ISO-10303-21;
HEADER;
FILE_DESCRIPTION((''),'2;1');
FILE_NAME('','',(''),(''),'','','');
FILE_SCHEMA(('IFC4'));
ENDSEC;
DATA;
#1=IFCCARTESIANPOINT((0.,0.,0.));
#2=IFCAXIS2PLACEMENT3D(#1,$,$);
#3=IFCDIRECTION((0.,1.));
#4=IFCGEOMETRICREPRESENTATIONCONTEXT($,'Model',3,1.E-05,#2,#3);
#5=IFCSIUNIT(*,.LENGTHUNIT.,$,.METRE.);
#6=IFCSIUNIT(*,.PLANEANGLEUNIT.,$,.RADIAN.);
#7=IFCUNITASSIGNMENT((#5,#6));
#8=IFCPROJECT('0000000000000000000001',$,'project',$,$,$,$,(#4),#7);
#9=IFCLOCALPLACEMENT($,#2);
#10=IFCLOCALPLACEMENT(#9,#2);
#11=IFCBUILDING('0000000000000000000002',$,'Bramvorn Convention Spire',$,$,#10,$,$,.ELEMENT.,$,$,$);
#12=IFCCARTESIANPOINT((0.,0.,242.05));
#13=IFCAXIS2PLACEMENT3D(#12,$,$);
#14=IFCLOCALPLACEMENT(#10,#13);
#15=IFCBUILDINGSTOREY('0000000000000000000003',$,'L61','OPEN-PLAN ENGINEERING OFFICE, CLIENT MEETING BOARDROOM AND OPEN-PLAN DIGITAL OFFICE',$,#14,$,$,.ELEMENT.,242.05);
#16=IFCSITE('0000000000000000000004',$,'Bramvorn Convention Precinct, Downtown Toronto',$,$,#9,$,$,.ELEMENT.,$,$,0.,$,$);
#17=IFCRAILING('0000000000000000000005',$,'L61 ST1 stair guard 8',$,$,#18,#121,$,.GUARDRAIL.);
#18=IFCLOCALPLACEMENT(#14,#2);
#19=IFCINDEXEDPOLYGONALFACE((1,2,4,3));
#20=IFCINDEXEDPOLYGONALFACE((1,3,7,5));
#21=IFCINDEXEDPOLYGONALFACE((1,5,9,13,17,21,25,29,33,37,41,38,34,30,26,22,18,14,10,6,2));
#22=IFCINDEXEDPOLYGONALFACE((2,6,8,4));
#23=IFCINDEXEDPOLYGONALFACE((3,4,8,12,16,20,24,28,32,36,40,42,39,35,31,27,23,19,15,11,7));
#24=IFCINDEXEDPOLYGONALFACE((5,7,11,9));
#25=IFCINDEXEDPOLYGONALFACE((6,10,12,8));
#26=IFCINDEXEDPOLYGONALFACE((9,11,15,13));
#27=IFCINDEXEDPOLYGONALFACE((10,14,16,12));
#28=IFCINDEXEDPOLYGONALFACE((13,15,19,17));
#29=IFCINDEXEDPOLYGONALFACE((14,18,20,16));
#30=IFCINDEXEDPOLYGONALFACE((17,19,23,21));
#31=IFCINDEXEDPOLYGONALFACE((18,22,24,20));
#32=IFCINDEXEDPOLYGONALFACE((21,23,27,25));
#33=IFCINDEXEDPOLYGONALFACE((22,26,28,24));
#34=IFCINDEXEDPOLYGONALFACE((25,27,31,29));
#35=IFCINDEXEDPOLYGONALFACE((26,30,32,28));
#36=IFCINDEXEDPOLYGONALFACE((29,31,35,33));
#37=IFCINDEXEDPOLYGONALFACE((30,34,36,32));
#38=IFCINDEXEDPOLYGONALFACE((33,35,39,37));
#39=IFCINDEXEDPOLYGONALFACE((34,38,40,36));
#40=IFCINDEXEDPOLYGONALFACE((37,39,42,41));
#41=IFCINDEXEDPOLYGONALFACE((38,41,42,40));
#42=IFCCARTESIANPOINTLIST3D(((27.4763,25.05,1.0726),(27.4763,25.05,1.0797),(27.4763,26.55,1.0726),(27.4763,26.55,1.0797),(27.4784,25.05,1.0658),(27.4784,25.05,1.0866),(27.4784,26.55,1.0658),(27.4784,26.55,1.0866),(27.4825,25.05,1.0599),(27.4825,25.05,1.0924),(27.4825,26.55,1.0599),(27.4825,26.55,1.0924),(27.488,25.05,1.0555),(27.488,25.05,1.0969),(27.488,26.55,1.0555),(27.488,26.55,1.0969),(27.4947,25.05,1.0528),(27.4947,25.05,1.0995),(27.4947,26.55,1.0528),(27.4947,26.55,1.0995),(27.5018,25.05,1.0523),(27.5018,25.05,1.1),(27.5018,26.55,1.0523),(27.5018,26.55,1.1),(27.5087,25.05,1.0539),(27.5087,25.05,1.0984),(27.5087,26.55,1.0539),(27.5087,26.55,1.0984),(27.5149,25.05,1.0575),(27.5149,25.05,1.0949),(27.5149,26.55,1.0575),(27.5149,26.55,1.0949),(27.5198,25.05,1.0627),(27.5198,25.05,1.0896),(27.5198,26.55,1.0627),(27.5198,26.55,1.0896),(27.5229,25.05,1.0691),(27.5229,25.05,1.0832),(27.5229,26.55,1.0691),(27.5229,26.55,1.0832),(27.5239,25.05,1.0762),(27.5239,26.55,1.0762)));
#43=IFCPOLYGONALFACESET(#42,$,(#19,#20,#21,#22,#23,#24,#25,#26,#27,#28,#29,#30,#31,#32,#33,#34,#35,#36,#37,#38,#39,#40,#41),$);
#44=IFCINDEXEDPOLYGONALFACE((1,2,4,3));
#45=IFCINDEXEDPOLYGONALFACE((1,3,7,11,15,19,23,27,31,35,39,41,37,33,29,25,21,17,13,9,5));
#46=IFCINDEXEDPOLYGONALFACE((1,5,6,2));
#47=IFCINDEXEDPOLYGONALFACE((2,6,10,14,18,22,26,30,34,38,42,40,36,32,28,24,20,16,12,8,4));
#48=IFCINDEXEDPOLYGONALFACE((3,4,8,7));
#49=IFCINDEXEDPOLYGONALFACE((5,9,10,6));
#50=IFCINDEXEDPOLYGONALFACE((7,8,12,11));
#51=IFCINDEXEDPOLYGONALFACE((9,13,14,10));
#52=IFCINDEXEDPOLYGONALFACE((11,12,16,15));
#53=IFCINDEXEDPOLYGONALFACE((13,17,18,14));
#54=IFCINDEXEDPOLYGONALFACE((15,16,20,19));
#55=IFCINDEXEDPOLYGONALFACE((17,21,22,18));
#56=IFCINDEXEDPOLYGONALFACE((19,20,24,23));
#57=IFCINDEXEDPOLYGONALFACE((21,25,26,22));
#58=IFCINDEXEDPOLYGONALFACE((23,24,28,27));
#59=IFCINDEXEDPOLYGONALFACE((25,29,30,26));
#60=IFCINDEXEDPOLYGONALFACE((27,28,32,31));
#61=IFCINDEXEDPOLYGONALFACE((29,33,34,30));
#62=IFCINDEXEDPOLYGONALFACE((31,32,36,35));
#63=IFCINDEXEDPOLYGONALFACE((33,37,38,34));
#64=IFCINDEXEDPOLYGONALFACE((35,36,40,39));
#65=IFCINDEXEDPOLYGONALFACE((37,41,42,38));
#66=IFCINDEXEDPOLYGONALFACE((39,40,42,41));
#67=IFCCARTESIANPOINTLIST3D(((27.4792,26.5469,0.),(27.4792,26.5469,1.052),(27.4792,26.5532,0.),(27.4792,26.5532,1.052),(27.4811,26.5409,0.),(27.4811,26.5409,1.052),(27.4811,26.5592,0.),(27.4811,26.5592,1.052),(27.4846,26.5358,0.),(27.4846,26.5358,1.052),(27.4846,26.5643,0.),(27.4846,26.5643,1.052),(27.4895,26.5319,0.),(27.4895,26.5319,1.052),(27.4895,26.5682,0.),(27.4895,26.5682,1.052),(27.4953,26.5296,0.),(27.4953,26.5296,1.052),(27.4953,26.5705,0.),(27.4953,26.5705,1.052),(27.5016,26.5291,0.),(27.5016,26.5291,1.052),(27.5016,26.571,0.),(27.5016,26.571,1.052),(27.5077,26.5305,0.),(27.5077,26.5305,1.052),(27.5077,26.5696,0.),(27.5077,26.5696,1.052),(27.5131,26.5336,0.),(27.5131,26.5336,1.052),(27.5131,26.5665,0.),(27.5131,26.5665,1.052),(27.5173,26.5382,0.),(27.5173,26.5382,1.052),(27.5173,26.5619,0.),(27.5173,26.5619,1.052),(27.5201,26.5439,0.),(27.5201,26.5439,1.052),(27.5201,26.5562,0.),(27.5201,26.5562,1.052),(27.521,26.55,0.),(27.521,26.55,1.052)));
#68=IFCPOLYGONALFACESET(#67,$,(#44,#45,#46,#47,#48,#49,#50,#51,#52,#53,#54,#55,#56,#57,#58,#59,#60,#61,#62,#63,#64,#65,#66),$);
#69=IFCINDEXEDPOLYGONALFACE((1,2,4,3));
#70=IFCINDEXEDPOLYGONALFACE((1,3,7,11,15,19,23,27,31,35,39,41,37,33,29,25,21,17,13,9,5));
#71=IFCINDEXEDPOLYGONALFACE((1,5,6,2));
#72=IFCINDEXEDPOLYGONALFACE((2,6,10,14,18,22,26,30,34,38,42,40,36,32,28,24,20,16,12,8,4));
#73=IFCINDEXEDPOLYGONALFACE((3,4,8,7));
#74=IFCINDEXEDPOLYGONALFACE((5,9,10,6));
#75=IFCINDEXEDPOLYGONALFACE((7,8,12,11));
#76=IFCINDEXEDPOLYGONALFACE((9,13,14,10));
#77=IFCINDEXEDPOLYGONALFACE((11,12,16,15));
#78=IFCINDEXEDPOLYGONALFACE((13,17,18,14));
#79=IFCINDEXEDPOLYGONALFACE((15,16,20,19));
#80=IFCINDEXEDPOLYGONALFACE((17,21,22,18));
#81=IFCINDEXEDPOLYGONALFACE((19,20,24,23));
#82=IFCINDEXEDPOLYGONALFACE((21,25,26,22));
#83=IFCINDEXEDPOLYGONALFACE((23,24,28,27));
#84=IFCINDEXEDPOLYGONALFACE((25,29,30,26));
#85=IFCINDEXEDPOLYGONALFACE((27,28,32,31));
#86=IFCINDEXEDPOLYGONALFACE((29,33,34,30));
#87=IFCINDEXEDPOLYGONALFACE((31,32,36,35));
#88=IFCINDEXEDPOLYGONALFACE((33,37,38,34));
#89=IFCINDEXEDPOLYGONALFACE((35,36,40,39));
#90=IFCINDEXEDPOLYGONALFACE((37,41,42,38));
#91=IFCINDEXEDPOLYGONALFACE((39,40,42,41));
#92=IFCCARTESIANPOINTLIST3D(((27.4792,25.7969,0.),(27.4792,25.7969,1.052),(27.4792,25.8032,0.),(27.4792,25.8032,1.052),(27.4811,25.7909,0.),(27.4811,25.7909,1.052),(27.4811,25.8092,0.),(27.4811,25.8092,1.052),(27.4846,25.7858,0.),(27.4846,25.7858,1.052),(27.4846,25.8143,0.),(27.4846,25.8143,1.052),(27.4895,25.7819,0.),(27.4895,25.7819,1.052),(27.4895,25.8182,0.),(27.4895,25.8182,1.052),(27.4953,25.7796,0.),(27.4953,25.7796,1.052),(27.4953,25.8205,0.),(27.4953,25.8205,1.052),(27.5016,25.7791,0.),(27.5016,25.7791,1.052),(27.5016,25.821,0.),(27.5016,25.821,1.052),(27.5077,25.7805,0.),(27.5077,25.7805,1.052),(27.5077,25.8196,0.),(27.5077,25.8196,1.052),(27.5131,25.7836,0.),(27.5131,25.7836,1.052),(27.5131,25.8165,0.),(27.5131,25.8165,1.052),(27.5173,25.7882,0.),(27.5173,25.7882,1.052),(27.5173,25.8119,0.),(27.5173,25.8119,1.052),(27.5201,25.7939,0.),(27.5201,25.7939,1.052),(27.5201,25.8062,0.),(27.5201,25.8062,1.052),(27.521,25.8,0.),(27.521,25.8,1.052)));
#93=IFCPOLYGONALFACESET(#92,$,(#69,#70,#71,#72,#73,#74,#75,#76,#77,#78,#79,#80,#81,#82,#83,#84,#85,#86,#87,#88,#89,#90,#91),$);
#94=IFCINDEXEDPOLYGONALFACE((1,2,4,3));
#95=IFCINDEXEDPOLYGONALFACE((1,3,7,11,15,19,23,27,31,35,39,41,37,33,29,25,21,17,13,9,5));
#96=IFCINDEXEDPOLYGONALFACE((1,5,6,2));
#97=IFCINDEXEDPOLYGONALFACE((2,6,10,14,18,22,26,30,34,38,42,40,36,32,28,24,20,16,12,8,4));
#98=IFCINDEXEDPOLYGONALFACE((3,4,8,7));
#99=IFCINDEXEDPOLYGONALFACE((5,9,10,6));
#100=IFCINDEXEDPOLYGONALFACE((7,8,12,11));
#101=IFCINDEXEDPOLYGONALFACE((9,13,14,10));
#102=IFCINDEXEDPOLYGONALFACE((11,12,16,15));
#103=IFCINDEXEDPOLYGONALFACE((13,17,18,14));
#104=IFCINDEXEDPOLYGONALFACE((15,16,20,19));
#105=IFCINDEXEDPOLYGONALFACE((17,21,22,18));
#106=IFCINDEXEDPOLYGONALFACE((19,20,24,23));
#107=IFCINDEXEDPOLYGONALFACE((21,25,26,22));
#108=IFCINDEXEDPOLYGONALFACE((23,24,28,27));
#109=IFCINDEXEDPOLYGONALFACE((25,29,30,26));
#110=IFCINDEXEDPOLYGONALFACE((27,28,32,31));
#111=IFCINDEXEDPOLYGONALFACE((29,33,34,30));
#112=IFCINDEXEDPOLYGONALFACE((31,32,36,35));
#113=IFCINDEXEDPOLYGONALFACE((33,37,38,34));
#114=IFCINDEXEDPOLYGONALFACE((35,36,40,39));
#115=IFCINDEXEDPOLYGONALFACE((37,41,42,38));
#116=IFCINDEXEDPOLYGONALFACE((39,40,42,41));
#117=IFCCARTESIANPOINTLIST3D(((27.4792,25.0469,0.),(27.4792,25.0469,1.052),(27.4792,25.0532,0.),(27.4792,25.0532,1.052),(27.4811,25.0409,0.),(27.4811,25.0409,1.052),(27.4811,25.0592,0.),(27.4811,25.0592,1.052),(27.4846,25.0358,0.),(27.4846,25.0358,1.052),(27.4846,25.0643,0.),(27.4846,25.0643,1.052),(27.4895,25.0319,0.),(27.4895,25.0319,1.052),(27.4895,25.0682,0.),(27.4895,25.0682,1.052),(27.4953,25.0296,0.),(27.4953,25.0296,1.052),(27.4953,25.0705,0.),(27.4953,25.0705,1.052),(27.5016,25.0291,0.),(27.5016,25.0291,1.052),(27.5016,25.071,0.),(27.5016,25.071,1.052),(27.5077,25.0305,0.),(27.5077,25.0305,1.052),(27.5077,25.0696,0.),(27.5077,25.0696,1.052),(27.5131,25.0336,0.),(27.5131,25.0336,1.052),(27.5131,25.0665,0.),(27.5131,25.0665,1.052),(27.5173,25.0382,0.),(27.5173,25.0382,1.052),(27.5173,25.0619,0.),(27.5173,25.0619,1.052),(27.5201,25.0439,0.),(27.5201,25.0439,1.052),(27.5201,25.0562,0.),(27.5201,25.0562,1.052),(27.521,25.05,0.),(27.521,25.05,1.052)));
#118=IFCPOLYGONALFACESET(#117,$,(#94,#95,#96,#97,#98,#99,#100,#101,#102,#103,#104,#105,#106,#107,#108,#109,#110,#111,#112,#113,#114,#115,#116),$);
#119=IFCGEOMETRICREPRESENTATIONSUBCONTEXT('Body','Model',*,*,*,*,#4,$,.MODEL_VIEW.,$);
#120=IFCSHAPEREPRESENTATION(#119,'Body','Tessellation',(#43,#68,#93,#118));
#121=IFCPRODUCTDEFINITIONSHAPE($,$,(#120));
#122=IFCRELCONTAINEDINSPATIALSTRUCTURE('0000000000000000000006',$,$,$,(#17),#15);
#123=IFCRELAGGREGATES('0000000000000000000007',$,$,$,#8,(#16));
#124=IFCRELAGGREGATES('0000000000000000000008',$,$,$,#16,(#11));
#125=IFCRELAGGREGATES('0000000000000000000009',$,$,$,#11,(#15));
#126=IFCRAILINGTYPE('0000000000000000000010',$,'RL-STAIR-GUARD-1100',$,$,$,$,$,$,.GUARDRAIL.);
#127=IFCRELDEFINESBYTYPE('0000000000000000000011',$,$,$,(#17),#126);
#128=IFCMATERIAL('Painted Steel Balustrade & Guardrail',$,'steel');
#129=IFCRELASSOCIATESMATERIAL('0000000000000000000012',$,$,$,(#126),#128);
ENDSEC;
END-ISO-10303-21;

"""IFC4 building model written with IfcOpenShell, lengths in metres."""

from ifc_helpers import new_model, si_unit, direction, frame, origin, origin_2d, place, context, subcontext, project, spatial, circle, extrude, material, type_object, element, save


model = new_model("IFC4")

# Units and contexts
model_context = context("Model", 3, precision=1e-05, world=origin(), true_north=direction((0.0, 1.0)))
body_context = subcontext(model_context, "Body", "Model", "MODEL_VIEW")
ifc_project = project(units=[si_unit("LENGTHUNIT", "METRE"), si_unit("PLANEANGLEUNIT", "RADIAN")], contexts=[model_context])

# Site, building, storey
site_placement = place(None, origin())
site = spatial("IfcSite", under=ifc_project, at=site_placement, Name="Bramvorn Convention Precinct, Downtown Toronto", CompositionType="ELEMENT", RefElevation=0.0)
building_placement = place(site_placement, origin())
building = spatial("IfcBuilding", under=site, at=building_placement, Name="Bramvorn Convention Spire", CompositionType="ELEMENT")
storey_placement = place(building_placement, frame((0.0, 0.0, 242.05)))
storey = spatial("IfcBuildingStorey", under=building, at=storey_placement, Name="L61", Description="OPEN-PLAN ENGINEERING OFFICE, CLIENT MEETING BOARDROOM AND OPEN-PLAN DIGITAL OFFICE", CompositionType="ELEMENT", Elevation=242.05)

# Railing
ifc_material_1 = material(Name="Painted Steel Balustrade & Guardrail", Category="steel")
railing_type_1 = type_object("IfcRailingType", Name="RL-STAIR-GUARD-1100", PredefinedType="GUARDRAIL", material=ifc_material_1)
railing_1_placement = place(storey_placement, frame((27.5, 26.55, 0.0)))
element("IfcRailing", 1, at=railing_1_placement, inside=storey, type_object=railing_type_1, Name="L61 ST1 stair guard 8", PredefinedType="GUARDRAIL", context=body_context, shape_type="SweptSolid", body=[
    extrude(circle(Radius=0.0239, at=origin_2d()), frame((0.0, 0.0, 1.0762), z_axis=(0.0, -1.0, 0.0), x_axis=(1.0, 0.0, 0.0)), (0.0, 0.0, 1.0), 1.5),
    extrude(circle(Radius=0.021, at=origin_2d()), origin(), (0.0, 0.0, 1.0), 1.052),
    extrude(circle(Radius=0.021, at=origin_2d()), frame((0.0, -0.75, 0.0)), (0.0, 0.0, 1.0), 1.052),
    extrude(circle(Radius=0.021, at=origin_2d()), frame((0.0, -1.5, 0.0)), (0.0, 0.0, 1.0), 1.052),
])

save(model, "model.ifc")
